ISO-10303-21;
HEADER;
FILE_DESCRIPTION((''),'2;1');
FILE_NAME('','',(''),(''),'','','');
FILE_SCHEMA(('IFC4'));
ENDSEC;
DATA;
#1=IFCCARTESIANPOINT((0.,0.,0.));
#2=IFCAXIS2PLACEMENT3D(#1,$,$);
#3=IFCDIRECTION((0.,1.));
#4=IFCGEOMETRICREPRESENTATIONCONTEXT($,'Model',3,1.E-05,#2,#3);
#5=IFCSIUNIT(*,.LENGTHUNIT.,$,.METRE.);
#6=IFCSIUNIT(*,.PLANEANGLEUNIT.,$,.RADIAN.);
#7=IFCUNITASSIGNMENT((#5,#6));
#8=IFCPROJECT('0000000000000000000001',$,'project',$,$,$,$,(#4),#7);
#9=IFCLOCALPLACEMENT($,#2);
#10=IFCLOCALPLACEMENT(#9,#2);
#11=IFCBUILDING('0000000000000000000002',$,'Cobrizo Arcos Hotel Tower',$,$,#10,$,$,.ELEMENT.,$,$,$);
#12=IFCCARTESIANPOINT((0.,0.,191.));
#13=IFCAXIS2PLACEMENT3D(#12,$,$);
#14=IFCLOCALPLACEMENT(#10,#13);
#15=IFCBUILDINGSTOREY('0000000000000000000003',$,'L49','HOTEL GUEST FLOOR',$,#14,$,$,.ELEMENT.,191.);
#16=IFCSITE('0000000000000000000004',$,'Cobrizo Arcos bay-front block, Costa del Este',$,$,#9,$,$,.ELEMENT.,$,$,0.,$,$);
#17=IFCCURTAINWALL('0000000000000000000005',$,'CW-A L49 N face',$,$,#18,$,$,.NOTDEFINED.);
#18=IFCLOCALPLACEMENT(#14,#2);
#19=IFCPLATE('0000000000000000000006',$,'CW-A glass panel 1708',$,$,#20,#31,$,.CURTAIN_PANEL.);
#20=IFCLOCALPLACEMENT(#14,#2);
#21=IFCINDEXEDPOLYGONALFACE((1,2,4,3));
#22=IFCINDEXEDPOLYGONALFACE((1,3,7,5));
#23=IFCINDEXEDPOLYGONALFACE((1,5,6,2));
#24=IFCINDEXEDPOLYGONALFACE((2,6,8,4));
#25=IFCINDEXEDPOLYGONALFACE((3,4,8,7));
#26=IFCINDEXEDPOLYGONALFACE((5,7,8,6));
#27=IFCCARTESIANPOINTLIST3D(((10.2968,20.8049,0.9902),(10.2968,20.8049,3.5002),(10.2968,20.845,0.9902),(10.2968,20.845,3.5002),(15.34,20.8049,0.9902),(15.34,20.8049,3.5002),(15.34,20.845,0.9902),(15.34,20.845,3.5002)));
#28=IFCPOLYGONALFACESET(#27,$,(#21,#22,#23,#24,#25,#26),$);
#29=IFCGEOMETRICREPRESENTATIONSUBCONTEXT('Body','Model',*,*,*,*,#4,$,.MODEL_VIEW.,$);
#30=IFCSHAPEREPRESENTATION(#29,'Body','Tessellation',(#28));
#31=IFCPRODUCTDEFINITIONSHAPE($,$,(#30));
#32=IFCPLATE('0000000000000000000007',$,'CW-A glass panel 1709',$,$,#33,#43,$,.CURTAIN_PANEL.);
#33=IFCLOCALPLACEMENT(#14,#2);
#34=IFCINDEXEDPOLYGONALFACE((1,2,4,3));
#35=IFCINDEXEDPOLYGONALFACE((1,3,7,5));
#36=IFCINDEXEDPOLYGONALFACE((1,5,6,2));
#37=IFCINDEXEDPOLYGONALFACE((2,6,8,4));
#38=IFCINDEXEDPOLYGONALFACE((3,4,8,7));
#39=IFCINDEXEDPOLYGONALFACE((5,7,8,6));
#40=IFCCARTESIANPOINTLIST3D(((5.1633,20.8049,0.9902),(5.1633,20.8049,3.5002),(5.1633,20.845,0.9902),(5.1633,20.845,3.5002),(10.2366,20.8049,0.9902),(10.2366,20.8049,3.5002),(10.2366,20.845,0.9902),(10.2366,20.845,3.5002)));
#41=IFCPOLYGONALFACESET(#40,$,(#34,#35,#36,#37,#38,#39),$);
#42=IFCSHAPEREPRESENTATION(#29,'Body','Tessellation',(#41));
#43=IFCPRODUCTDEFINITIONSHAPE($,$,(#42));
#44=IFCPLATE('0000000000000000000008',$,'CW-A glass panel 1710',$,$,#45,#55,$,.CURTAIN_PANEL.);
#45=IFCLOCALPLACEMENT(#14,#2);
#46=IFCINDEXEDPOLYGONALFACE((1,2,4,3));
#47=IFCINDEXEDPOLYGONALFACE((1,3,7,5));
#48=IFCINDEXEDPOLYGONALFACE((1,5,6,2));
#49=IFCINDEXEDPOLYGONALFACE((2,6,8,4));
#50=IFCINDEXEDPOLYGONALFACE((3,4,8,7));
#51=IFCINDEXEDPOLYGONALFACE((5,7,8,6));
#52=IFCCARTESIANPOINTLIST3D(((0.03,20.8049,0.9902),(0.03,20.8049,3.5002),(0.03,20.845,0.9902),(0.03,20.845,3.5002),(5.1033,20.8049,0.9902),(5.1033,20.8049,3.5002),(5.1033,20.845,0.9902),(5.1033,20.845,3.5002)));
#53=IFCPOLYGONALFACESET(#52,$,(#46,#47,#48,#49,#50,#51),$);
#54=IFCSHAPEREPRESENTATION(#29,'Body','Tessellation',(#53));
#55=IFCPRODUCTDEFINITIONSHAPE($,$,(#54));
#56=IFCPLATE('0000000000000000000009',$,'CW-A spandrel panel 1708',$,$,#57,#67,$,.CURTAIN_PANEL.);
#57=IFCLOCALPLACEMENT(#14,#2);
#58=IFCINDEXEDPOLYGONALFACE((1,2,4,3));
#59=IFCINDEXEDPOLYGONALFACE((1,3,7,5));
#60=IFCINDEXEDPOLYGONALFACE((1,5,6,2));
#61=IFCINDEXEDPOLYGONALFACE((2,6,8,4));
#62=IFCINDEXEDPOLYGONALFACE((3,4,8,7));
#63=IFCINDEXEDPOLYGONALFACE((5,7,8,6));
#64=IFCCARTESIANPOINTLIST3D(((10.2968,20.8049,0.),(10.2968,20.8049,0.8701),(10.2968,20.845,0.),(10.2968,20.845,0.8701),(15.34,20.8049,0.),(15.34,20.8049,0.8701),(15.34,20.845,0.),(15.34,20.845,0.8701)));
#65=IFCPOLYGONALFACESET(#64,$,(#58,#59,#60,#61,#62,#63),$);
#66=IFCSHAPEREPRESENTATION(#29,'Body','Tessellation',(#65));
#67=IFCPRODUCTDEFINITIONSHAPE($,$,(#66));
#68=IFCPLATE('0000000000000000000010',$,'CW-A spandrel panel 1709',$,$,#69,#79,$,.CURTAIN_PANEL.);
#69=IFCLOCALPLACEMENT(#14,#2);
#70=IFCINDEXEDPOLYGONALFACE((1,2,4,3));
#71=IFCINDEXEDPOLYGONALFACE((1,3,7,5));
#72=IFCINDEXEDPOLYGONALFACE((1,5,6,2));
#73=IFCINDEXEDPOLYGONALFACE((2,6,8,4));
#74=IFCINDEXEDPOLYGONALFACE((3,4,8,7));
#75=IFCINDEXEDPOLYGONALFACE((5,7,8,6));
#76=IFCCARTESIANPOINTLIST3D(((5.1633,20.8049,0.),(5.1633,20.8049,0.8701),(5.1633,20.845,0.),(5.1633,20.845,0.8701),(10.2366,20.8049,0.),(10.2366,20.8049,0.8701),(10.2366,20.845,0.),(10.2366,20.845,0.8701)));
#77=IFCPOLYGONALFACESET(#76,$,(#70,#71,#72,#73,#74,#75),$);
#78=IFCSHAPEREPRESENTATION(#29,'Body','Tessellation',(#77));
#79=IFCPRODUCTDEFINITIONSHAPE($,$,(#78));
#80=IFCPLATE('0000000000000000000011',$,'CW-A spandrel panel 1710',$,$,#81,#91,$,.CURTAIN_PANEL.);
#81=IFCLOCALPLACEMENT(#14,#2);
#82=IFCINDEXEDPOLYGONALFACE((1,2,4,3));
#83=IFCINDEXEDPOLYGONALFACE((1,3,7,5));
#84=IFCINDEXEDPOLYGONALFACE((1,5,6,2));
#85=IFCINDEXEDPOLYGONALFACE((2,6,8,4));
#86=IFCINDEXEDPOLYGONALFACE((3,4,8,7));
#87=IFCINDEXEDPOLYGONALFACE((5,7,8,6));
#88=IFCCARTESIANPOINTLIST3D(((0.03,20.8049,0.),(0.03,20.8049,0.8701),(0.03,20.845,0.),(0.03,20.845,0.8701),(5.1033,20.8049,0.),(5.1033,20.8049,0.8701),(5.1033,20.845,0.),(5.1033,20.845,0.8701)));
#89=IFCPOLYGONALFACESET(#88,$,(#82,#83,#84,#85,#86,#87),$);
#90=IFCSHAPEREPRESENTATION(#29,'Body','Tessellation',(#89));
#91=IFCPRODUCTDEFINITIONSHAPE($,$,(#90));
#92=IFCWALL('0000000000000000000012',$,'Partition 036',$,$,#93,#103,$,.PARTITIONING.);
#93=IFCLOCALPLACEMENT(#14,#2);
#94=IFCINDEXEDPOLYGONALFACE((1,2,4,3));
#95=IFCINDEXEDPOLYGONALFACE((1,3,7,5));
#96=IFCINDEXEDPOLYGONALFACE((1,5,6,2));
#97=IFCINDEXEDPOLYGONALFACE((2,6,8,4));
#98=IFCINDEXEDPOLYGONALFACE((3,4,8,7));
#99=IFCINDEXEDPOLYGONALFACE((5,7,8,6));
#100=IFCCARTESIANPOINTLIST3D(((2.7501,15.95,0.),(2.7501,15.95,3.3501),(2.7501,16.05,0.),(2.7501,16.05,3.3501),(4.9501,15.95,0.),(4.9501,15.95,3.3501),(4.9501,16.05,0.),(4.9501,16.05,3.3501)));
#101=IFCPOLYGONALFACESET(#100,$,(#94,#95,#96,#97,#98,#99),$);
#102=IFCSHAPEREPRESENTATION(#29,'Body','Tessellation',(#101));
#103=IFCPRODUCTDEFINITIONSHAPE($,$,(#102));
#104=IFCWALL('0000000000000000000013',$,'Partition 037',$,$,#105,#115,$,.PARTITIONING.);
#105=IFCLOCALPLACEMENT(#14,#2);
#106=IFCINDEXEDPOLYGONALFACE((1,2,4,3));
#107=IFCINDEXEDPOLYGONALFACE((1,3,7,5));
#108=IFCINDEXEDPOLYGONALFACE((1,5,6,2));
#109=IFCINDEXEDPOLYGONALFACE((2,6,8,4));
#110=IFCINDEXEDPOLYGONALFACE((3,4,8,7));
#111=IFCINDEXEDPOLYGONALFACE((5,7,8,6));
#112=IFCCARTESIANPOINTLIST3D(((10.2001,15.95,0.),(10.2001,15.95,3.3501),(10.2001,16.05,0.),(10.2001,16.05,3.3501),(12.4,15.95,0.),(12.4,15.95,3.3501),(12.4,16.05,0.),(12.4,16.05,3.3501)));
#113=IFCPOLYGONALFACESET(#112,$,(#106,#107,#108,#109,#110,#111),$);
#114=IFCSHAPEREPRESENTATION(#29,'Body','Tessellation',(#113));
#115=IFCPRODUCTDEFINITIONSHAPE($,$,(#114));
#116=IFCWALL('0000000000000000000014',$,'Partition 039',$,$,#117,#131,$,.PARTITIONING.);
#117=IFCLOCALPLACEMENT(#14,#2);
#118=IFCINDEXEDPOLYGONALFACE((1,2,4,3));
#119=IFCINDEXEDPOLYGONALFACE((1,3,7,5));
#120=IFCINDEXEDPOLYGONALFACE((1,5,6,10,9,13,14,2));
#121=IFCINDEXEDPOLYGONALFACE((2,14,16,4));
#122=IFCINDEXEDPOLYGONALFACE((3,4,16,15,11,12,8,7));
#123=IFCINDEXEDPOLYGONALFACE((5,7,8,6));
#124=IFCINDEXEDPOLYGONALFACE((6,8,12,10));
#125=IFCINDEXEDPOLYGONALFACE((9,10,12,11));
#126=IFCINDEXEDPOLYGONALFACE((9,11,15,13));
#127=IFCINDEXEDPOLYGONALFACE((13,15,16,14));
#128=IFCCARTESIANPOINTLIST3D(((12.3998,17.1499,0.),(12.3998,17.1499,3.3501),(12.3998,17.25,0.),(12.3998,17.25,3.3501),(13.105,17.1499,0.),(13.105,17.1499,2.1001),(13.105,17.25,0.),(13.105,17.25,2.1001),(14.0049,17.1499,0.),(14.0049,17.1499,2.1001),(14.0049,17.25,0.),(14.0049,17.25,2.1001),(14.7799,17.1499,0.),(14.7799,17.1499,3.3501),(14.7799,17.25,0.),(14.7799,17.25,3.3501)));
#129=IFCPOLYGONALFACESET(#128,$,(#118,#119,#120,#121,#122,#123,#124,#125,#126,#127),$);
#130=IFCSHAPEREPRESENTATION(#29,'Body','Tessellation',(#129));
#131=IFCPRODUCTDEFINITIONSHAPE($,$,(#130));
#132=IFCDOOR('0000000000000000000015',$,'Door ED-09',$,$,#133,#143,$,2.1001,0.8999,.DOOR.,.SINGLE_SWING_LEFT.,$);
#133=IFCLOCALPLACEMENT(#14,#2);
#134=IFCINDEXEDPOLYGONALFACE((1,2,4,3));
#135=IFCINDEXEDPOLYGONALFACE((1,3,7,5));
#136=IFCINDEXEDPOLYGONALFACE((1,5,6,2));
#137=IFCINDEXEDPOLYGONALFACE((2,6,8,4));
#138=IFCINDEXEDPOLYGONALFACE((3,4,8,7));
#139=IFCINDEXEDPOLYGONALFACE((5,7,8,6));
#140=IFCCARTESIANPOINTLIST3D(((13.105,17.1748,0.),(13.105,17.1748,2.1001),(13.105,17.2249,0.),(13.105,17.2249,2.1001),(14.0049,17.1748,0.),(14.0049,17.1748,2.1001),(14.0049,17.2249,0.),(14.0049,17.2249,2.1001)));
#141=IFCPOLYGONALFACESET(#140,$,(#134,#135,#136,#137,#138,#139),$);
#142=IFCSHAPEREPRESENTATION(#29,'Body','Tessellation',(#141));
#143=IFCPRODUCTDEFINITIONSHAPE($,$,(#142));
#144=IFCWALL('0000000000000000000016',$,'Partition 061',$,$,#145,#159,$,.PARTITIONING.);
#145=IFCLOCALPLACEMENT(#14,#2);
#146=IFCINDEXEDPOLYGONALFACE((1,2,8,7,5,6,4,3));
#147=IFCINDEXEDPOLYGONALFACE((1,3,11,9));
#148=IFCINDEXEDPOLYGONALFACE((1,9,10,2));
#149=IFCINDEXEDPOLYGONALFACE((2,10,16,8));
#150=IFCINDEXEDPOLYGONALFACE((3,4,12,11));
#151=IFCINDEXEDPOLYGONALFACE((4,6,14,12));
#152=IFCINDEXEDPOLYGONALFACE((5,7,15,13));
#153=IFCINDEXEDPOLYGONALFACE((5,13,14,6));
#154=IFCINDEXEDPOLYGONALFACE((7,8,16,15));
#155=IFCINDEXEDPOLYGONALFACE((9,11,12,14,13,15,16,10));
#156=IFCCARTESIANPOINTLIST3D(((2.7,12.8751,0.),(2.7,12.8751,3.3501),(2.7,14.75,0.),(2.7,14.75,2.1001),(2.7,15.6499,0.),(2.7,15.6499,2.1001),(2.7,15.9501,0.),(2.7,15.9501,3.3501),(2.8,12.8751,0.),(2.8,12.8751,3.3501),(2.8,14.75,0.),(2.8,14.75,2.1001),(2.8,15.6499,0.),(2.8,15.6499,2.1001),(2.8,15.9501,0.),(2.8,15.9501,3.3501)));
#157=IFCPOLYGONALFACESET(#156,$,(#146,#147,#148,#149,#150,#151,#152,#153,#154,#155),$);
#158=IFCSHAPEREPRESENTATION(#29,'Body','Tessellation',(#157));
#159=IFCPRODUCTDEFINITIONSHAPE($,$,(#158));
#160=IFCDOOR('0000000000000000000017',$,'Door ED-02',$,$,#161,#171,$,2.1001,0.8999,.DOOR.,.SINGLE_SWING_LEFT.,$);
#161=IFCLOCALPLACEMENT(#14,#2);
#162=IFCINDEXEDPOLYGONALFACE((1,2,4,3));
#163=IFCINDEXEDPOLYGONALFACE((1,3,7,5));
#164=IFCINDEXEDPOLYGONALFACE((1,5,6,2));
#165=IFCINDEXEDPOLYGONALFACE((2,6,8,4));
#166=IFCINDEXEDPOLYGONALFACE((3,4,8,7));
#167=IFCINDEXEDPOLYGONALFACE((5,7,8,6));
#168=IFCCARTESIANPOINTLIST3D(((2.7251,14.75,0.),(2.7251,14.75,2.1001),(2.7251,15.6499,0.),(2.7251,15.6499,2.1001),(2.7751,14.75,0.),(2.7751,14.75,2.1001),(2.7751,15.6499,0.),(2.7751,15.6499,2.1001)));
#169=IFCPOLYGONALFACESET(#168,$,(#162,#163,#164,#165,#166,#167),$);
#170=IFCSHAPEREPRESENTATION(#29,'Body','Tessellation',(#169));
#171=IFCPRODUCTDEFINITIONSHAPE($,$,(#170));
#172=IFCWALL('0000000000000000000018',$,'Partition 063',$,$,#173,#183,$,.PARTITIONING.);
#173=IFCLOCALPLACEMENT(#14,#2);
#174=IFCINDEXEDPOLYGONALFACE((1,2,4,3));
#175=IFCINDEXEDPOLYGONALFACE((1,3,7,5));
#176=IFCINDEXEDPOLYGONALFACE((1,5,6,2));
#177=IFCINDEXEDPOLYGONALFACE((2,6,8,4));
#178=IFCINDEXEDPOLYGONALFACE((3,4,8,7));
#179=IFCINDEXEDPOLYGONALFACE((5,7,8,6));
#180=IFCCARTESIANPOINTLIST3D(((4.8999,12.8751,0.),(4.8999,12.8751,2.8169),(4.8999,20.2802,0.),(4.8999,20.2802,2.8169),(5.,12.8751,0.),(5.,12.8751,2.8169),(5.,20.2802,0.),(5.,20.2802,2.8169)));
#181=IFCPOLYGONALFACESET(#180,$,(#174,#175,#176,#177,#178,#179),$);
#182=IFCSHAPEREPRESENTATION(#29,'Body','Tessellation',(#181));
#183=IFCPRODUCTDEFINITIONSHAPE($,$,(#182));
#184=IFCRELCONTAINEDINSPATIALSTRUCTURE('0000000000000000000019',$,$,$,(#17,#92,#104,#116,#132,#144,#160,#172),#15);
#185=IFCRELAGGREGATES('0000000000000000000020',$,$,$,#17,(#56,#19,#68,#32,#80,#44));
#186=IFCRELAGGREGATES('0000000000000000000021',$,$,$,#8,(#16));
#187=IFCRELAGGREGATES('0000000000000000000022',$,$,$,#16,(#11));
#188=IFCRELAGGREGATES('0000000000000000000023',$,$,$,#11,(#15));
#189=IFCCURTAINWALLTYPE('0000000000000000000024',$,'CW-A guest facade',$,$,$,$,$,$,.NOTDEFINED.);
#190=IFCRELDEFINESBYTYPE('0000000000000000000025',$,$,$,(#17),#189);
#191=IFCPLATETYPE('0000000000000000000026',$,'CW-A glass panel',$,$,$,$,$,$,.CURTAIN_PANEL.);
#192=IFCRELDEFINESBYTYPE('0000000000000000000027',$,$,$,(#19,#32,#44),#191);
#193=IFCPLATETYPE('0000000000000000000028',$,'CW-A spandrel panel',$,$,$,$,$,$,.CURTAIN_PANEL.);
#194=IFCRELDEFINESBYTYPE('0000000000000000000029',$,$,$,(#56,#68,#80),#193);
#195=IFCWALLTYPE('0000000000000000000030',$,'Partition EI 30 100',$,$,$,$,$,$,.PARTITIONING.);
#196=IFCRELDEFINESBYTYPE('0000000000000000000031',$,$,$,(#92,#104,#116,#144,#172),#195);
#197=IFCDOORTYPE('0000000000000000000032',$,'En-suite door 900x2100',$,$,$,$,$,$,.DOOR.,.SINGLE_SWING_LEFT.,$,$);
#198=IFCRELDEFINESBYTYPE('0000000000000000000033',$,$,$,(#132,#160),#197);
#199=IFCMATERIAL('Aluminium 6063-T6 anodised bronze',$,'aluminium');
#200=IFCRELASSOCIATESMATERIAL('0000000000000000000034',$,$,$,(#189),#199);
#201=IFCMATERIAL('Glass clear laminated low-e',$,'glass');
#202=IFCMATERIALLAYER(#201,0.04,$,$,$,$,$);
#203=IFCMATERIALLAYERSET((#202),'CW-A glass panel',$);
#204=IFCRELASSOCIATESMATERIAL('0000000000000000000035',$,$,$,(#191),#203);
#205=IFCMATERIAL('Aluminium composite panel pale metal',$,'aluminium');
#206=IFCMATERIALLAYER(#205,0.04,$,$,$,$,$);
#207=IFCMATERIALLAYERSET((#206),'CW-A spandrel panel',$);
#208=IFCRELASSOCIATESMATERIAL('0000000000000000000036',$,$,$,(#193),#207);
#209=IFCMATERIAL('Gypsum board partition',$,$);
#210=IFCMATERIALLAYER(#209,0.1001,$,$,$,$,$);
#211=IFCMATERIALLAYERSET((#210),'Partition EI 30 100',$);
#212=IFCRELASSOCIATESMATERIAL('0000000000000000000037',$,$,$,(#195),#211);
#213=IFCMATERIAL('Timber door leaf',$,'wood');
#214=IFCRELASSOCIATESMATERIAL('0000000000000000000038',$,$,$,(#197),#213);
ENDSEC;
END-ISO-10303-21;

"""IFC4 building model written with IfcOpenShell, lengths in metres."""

from ifc_helpers import new_model, si_unit, direction, frame, frame_2d, origin, origin_2d, place, context, subcontext, project, spatial, rectangle, extrude, material, layer, layer_set, type_object, element, fill, aggregate, save


model = new_model("IFC4")

# Units and contexts
model_context = context("Model", 3, precision=1e-05, world=origin(), true_north=direction((0.0, 1.0)))
body_context = subcontext(model_context, "Body", "Model", "MODEL_VIEW")
ifc_project = project(units=[si_unit("LENGTHUNIT", "METRE"), si_unit("PLANEANGLEUNIT", "RADIAN")], contexts=[model_context])

# Site, building, storey
site_placement = place(None, origin())
site = spatial("IfcSite", under=ifc_project, at=site_placement, Name="Cobrizo Arcos bay-front block, Costa del Este", CompositionType="ELEMENT", RefElevation=0.0)
building_placement = place(site_placement, origin())
building = spatial("IfcBuilding", under=site, at=building_placement, Name="Cobrizo Arcos Hotel Tower", CompositionType="ELEMENT")
storey_placement = place(building_placement, frame((0.0, 0.0, 191.0)))
storey = spatial("IfcBuildingStorey", under=building, at=storey_placement, Name="L49", Description="HOTEL GUEST FLOOR", CompositionType="ELEMENT", Elevation=191.0)

# Curtain wall
ifc_material_1 = material(Name="Aluminium 6063-T6 anodised bronze", Category="aluminium")
curtain_wall_type = type_object("IfcCurtainWallType", Name="CW-A guest facade", PredefinedType="NOTDEFINED", material=ifc_material_1)
curtain_wall_placement = place(storey_placement, origin())
curtain_wall = element("IfcCurtainWall", 1, at=curtain_wall_placement, inside=storey, type_object=curtain_wall_type, Name="CW-A L49 N face", PredefinedType="NOTDEFINED")

# Plates
ifc_material_2 = material(Name="Glass clear laminated low-e", Category="glass")
ifc_layer_1 = layer(ifc_material_2, 0.04)
ifc_layer_set_1 = layer_set([ifc_layer_1], Name="CW-A glass panel")
plate_type_1 = type_object("IfcPlateType", Name="CW-A glass panel", PredefinedType="CURTAIN_PANEL", material=ifc_layer_set_1)
plate_1_placement = place(storey_placement, frame((12.8184, 20.825, 0.9902), z_axis=(0.0, 0.0, 1.0), x_axis=(-1.0, 0.0, 0.0)))
plate_1 = element("IfcPlate", 2, at=plate_1_placement, type_object=plate_type_1, Name="CW-A glass panel 1708", PredefinedType="CURTAIN_PANEL", context=body_context, shape_type="SweptSolid", body=[
    extrude(rectangle(XDim=5.0432, YDim=0.04, at=origin_2d()), origin(), (0.0, 0.0, 1.0), 2.51),
])
plate_2_placement = place(storey_placement, frame((7.7, 20.825, 0.9902), z_axis=(0.0, 0.0, 1.0), x_axis=(-1.0, 0.0, 0.0)))
plate_2 = element("IfcPlate", 3, at=plate_2_placement, type_object=plate_type_1, Name="CW-A glass panel 1709", PredefinedType="CURTAIN_PANEL", context=body_context, shape_type="SweptSolid", body=[
    extrude(rectangle(XDim=5.0732, YDim=0.04, at=origin_2d()), origin(), (0.0, 0.0, 1.0), 2.51),
])
plate_3_placement = place(storey_placement, frame((2.5667, 20.825, 0.9902), z_axis=(0.0, 0.0, 1.0), x_axis=(-1.0, 0.0, 0.0)))
plate_3 = element("IfcPlate", 4, at=plate_3_placement, type_object=plate_type_1, Name="CW-A glass panel 1710", PredefinedType="CURTAIN_PANEL", context=body_context, shape_type="SweptSolid", body=[
    extrude(rectangle(XDim=5.0732, YDim=0.04, at=origin_2d()), origin(), (0.0, 0.0, 1.0), 2.51),
])
ifc_material_3 = material(Name="Aluminium composite panel pale metal", Category="aluminium")
ifc_layer_2 = layer(ifc_material_3, 0.04)
ifc_layer_set_2 = layer_set([ifc_layer_2], Name="CW-A spandrel panel")
plate_type_2 = type_object("IfcPlateType", Name="CW-A spandrel panel", PredefinedType="CURTAIN_PANEL", material=ifc_layer_set_2)
plate_4_placement = place(storey_placement, frame((12.8184, 20.825, 0.0), z_axis=(0.0, 0.0, 1.0), x_axis=(-1.0, 0.0, 0.0)))
plate_4 = element("IfcPlate", 5, at=plate_4_placement, type_object=plate_type_2, Name="CW-A spandrel panel 1708", PredefinedType="CURTAIN_PANEL", context=body_context, shape_type="SweptSolid", body=[
    extrude(rectangle(XDim=5.0432, YDim=0.04, at=origin_2d()), origin(), (0.0, 0.0, 1.0), 0.8701),
])
plate_5_placement = place(storey_placement, frame((7.7, 20.825, 0.0), z_axis=(0.0, 0.0, 1.0), x_axis=(-1.0, 0.0, 0.0)))
plate_5 = element("IfcPlate", 6, at=plate_5_placement, type_object=plate_type_2, Name="CW-A spandrel panel 1709", PredefinedType="CURTAIN_PANEL", context=body_context, shape_type="SweptSolid", body=[
    extrude(rectangle(XDim=5.0732, YDim=0.04, at=origin_2d()), origin(), (0.0, 0.0, 1.0), 0.8701),
])
plate_6_placement = place(storey_placement, frame((2.5667, 20.825, 0.0), z_axis=(0.0, 0.0, 1.0), x_axis=(-1.0, 0.0, 0.0)))
plate_6 = element("IfcPlate", 7, at=plate_6_placement, type_object=plate_type_2, Name="CW-A spandrel panel 1710", PredefinedType="CURTAIN_PANEL", context=body_context, shape_type="SweptSolid", body=[
    extrude(rectangle(XDim=5.0732, YDim=0.04, at=origin_2d()), origin(), (0.0, 0.0, 1.0), 0.8701),
])
aggregate(curtain_wall, [plate_4, plate_1, plate_5, plate_2, plate_6, plate_3])

# Walls
ifc_material_4 = material(Name="Gypsum board partition")
ifc_layer_3 = layer(ifc_material_4, 0.1001)
ifc_layer_set_3 = layer_set([ifc_layer_3], Name="Partition EI 30 100")
wall_type = type_object("IfcWallType", Name="Partition EI 30 100", PredefinedType="PARTITIONING", material=ifc_layer_set_3)
for number, where, z_axis, x_axis, name in (
    (8, (2.75, 16.0, 0.0), (0.0, 0.0, 1.0), (1.0, 0.0, 0.0), "Partition 036"),
    (9, (10.2, 16.0, 0.0), (0.0, 0.0, 1.0), (1.0, 0.0, 0.0), "Partition 037"),
):
    element("IfcWall", number, at=place(storey_placement, frame(where, z_axis=z_axis, x_axis=x_axis)), inside=storey, type_object=wall_type, Name=name, PredefinedType="PARTITIONING", context=body_context, shape_type="SweptSolid", body=[
        extrude(rectangle(XDim=2.2, YDim=0.1001, at=frame_2d((1.1001, 0.0))), origin(), (0.0, 0.0, 1.0), 3.3501),
    ])

# Walls, openings, doors
wall_1_placement = place(storey_placement, frame((12.3999, 17.2, 0.0), z_axis=(0.0, 0.0, 1.0), x_axis=(1.0, 0.0, 0.0)))
wall_1 = element("IfcWall", 10, at=wall_1_placement, inside=storey, type_object=wall_type, Name="Partition 039", PredefinedType="PARTITIONING", context=body_context, shape_type="SweptSolid", body=[
    extrude(rectangle(XDim=2.3801, YDim=0.1001, at=frame_2d((1.1899, 0.0))), origin(), (0.0, 0.0, 1.0), 3.3501),
])
opening_1_placement = place(wall_1_placement, frame((0.7051, 0.0, 0.0)))
opening_1 = element("IfcOpeningElement", 11, at=opening_1_placement, cuts=wall_1, PredefinedType="OPENING", context=body_context, shape_type="SweptSolid", body=[
    extrude(rectangle(XDim=0.8999, YDim=2.1001, at=frame_2d((0.45, 1.05))), frame((0.0, 0.062, 0.0), z_axis=(0.0, -1.0, 0.0), x_axis=(1.0, 0.0, 0.0)), (0.0, 0.0, 1.0), 0.124),
])
ifc_material_5 = material(Name="Timber door leaf", Category="wood")
door_type = type_object("IfcDoorType", Name="En-suite door 900x2100", OperationType="SINGLE_SWING_LEFT", PredefinedType="DOOR", material=ifc_material_5)
door_1_placement = place(opening_1_placement, origin())
door_1 = element("IfcDoor", 12, at=door_1_placement, inside=storey, type_object=door_type, Name="Door ED-09", OperationType="SINGLE_SWING_LEFT", OverallHeight=2.1001, OverallWidth=0.8999, PredefinedType="DOOR", context=body_context, shape_type="SweptSolid", body=[
    extrude(rectangle(XDim=0.8999, YDim=2.1001, at=frame_2d((0.45, 1.05))), frame((0.0, 0.0249, 0.0), z_axis=(0.0, -1.0, 0.0), x_axis=(1.0, 0.0, 0.0)), (0.0, 0.0, 1.0), 0.05),
])
fill(opening_1, door_1)
wall_2_placement = place(storey_placement, frame((2.75, 12.875, 0.0), z_axis=(0.0, 0.0, 1.0), x_axis=(0.0, 1.0, 0.0)))
wall_2 = element("IfcWall", 13, at=wall_2_placement, inside=storey, type_object=wall_type, Name="Partition 061", PredefinedType="PARTITIONING", context=body_context, shape_type="SweptSolid", body=[
    extrude(rectangle(XDim=3.075, YDim=0.1001, at=frame_2d((1.5376, 0.0))), origin(), (0.0, 0.0, 1.0), 3.3501),
])
opening_2_placement = place(wall_2_placement, frame((1.875, 0.0, 0.0)))
opening_2 = element("IfcOpeningElement", 14, at=opening_2_placement, cuts=wall_2, PredefinedType="OPENING", context=body_context, shape_type="SweptSolid", body=[
    extrude(rectangle(XDim=0.8999, YDim=2.1001, at=frame_2d((0.45, 1.05))), frame((0.0, 0.062, 0.0), z_axis=(0.0, -1.0, 0.0), x_axis=(1.0, 0.0, 0.0)), (0.0, 0.0, 1.0), 0.124),
])
door_2_placement = place(opening_2_placement, origin())
door_2 = element("IfcDoor", 15, at=door_2_placement, inside=storey, type_object=door_type, Name="Door ED-02", OperationType="SINGLE_SWING_LEFT", OverallHeight=2.1001, OverallWidth=0.8999, PredefinedType="DOOR", context=body_context, shape_type="SweptSolid", body=[
    extrude(rectangle(XDim=0.8999, YDim=2.1001, at=frame_2d((0.45, 1.05))), frame((0.0, 0.0249, 0.0), z_axis=(0.0, -1.0, 0.0), x_axis=(1.0, 0.0, 0.0)), (0.0, 0.0, 1.0), 0.05),
])
fill(opening_2, door_2)

# Wall
wall_3_placement = place(storey_placement, frame((4.95, 12.875, 0.0), z_axis=(0.0, 0.0, 1.0), x_axis=(0.0, 1.0, 0.0)))
element("IfcWall", 16, at=wall_3_placement, inside=storey, type_object=wall_type, Name="Partition 063", PredefinedType="PARTITIONING", context=body_context, shape_type="SweptSolid", body=[
    extrude(rectangle(XDim=7.405, YDim=0.1001, at=frame_2d((3.7026, 0.0))), origin(), (0.0, 0.0, 1.0), 2.8169),
])

save(model, "model.ifc")
